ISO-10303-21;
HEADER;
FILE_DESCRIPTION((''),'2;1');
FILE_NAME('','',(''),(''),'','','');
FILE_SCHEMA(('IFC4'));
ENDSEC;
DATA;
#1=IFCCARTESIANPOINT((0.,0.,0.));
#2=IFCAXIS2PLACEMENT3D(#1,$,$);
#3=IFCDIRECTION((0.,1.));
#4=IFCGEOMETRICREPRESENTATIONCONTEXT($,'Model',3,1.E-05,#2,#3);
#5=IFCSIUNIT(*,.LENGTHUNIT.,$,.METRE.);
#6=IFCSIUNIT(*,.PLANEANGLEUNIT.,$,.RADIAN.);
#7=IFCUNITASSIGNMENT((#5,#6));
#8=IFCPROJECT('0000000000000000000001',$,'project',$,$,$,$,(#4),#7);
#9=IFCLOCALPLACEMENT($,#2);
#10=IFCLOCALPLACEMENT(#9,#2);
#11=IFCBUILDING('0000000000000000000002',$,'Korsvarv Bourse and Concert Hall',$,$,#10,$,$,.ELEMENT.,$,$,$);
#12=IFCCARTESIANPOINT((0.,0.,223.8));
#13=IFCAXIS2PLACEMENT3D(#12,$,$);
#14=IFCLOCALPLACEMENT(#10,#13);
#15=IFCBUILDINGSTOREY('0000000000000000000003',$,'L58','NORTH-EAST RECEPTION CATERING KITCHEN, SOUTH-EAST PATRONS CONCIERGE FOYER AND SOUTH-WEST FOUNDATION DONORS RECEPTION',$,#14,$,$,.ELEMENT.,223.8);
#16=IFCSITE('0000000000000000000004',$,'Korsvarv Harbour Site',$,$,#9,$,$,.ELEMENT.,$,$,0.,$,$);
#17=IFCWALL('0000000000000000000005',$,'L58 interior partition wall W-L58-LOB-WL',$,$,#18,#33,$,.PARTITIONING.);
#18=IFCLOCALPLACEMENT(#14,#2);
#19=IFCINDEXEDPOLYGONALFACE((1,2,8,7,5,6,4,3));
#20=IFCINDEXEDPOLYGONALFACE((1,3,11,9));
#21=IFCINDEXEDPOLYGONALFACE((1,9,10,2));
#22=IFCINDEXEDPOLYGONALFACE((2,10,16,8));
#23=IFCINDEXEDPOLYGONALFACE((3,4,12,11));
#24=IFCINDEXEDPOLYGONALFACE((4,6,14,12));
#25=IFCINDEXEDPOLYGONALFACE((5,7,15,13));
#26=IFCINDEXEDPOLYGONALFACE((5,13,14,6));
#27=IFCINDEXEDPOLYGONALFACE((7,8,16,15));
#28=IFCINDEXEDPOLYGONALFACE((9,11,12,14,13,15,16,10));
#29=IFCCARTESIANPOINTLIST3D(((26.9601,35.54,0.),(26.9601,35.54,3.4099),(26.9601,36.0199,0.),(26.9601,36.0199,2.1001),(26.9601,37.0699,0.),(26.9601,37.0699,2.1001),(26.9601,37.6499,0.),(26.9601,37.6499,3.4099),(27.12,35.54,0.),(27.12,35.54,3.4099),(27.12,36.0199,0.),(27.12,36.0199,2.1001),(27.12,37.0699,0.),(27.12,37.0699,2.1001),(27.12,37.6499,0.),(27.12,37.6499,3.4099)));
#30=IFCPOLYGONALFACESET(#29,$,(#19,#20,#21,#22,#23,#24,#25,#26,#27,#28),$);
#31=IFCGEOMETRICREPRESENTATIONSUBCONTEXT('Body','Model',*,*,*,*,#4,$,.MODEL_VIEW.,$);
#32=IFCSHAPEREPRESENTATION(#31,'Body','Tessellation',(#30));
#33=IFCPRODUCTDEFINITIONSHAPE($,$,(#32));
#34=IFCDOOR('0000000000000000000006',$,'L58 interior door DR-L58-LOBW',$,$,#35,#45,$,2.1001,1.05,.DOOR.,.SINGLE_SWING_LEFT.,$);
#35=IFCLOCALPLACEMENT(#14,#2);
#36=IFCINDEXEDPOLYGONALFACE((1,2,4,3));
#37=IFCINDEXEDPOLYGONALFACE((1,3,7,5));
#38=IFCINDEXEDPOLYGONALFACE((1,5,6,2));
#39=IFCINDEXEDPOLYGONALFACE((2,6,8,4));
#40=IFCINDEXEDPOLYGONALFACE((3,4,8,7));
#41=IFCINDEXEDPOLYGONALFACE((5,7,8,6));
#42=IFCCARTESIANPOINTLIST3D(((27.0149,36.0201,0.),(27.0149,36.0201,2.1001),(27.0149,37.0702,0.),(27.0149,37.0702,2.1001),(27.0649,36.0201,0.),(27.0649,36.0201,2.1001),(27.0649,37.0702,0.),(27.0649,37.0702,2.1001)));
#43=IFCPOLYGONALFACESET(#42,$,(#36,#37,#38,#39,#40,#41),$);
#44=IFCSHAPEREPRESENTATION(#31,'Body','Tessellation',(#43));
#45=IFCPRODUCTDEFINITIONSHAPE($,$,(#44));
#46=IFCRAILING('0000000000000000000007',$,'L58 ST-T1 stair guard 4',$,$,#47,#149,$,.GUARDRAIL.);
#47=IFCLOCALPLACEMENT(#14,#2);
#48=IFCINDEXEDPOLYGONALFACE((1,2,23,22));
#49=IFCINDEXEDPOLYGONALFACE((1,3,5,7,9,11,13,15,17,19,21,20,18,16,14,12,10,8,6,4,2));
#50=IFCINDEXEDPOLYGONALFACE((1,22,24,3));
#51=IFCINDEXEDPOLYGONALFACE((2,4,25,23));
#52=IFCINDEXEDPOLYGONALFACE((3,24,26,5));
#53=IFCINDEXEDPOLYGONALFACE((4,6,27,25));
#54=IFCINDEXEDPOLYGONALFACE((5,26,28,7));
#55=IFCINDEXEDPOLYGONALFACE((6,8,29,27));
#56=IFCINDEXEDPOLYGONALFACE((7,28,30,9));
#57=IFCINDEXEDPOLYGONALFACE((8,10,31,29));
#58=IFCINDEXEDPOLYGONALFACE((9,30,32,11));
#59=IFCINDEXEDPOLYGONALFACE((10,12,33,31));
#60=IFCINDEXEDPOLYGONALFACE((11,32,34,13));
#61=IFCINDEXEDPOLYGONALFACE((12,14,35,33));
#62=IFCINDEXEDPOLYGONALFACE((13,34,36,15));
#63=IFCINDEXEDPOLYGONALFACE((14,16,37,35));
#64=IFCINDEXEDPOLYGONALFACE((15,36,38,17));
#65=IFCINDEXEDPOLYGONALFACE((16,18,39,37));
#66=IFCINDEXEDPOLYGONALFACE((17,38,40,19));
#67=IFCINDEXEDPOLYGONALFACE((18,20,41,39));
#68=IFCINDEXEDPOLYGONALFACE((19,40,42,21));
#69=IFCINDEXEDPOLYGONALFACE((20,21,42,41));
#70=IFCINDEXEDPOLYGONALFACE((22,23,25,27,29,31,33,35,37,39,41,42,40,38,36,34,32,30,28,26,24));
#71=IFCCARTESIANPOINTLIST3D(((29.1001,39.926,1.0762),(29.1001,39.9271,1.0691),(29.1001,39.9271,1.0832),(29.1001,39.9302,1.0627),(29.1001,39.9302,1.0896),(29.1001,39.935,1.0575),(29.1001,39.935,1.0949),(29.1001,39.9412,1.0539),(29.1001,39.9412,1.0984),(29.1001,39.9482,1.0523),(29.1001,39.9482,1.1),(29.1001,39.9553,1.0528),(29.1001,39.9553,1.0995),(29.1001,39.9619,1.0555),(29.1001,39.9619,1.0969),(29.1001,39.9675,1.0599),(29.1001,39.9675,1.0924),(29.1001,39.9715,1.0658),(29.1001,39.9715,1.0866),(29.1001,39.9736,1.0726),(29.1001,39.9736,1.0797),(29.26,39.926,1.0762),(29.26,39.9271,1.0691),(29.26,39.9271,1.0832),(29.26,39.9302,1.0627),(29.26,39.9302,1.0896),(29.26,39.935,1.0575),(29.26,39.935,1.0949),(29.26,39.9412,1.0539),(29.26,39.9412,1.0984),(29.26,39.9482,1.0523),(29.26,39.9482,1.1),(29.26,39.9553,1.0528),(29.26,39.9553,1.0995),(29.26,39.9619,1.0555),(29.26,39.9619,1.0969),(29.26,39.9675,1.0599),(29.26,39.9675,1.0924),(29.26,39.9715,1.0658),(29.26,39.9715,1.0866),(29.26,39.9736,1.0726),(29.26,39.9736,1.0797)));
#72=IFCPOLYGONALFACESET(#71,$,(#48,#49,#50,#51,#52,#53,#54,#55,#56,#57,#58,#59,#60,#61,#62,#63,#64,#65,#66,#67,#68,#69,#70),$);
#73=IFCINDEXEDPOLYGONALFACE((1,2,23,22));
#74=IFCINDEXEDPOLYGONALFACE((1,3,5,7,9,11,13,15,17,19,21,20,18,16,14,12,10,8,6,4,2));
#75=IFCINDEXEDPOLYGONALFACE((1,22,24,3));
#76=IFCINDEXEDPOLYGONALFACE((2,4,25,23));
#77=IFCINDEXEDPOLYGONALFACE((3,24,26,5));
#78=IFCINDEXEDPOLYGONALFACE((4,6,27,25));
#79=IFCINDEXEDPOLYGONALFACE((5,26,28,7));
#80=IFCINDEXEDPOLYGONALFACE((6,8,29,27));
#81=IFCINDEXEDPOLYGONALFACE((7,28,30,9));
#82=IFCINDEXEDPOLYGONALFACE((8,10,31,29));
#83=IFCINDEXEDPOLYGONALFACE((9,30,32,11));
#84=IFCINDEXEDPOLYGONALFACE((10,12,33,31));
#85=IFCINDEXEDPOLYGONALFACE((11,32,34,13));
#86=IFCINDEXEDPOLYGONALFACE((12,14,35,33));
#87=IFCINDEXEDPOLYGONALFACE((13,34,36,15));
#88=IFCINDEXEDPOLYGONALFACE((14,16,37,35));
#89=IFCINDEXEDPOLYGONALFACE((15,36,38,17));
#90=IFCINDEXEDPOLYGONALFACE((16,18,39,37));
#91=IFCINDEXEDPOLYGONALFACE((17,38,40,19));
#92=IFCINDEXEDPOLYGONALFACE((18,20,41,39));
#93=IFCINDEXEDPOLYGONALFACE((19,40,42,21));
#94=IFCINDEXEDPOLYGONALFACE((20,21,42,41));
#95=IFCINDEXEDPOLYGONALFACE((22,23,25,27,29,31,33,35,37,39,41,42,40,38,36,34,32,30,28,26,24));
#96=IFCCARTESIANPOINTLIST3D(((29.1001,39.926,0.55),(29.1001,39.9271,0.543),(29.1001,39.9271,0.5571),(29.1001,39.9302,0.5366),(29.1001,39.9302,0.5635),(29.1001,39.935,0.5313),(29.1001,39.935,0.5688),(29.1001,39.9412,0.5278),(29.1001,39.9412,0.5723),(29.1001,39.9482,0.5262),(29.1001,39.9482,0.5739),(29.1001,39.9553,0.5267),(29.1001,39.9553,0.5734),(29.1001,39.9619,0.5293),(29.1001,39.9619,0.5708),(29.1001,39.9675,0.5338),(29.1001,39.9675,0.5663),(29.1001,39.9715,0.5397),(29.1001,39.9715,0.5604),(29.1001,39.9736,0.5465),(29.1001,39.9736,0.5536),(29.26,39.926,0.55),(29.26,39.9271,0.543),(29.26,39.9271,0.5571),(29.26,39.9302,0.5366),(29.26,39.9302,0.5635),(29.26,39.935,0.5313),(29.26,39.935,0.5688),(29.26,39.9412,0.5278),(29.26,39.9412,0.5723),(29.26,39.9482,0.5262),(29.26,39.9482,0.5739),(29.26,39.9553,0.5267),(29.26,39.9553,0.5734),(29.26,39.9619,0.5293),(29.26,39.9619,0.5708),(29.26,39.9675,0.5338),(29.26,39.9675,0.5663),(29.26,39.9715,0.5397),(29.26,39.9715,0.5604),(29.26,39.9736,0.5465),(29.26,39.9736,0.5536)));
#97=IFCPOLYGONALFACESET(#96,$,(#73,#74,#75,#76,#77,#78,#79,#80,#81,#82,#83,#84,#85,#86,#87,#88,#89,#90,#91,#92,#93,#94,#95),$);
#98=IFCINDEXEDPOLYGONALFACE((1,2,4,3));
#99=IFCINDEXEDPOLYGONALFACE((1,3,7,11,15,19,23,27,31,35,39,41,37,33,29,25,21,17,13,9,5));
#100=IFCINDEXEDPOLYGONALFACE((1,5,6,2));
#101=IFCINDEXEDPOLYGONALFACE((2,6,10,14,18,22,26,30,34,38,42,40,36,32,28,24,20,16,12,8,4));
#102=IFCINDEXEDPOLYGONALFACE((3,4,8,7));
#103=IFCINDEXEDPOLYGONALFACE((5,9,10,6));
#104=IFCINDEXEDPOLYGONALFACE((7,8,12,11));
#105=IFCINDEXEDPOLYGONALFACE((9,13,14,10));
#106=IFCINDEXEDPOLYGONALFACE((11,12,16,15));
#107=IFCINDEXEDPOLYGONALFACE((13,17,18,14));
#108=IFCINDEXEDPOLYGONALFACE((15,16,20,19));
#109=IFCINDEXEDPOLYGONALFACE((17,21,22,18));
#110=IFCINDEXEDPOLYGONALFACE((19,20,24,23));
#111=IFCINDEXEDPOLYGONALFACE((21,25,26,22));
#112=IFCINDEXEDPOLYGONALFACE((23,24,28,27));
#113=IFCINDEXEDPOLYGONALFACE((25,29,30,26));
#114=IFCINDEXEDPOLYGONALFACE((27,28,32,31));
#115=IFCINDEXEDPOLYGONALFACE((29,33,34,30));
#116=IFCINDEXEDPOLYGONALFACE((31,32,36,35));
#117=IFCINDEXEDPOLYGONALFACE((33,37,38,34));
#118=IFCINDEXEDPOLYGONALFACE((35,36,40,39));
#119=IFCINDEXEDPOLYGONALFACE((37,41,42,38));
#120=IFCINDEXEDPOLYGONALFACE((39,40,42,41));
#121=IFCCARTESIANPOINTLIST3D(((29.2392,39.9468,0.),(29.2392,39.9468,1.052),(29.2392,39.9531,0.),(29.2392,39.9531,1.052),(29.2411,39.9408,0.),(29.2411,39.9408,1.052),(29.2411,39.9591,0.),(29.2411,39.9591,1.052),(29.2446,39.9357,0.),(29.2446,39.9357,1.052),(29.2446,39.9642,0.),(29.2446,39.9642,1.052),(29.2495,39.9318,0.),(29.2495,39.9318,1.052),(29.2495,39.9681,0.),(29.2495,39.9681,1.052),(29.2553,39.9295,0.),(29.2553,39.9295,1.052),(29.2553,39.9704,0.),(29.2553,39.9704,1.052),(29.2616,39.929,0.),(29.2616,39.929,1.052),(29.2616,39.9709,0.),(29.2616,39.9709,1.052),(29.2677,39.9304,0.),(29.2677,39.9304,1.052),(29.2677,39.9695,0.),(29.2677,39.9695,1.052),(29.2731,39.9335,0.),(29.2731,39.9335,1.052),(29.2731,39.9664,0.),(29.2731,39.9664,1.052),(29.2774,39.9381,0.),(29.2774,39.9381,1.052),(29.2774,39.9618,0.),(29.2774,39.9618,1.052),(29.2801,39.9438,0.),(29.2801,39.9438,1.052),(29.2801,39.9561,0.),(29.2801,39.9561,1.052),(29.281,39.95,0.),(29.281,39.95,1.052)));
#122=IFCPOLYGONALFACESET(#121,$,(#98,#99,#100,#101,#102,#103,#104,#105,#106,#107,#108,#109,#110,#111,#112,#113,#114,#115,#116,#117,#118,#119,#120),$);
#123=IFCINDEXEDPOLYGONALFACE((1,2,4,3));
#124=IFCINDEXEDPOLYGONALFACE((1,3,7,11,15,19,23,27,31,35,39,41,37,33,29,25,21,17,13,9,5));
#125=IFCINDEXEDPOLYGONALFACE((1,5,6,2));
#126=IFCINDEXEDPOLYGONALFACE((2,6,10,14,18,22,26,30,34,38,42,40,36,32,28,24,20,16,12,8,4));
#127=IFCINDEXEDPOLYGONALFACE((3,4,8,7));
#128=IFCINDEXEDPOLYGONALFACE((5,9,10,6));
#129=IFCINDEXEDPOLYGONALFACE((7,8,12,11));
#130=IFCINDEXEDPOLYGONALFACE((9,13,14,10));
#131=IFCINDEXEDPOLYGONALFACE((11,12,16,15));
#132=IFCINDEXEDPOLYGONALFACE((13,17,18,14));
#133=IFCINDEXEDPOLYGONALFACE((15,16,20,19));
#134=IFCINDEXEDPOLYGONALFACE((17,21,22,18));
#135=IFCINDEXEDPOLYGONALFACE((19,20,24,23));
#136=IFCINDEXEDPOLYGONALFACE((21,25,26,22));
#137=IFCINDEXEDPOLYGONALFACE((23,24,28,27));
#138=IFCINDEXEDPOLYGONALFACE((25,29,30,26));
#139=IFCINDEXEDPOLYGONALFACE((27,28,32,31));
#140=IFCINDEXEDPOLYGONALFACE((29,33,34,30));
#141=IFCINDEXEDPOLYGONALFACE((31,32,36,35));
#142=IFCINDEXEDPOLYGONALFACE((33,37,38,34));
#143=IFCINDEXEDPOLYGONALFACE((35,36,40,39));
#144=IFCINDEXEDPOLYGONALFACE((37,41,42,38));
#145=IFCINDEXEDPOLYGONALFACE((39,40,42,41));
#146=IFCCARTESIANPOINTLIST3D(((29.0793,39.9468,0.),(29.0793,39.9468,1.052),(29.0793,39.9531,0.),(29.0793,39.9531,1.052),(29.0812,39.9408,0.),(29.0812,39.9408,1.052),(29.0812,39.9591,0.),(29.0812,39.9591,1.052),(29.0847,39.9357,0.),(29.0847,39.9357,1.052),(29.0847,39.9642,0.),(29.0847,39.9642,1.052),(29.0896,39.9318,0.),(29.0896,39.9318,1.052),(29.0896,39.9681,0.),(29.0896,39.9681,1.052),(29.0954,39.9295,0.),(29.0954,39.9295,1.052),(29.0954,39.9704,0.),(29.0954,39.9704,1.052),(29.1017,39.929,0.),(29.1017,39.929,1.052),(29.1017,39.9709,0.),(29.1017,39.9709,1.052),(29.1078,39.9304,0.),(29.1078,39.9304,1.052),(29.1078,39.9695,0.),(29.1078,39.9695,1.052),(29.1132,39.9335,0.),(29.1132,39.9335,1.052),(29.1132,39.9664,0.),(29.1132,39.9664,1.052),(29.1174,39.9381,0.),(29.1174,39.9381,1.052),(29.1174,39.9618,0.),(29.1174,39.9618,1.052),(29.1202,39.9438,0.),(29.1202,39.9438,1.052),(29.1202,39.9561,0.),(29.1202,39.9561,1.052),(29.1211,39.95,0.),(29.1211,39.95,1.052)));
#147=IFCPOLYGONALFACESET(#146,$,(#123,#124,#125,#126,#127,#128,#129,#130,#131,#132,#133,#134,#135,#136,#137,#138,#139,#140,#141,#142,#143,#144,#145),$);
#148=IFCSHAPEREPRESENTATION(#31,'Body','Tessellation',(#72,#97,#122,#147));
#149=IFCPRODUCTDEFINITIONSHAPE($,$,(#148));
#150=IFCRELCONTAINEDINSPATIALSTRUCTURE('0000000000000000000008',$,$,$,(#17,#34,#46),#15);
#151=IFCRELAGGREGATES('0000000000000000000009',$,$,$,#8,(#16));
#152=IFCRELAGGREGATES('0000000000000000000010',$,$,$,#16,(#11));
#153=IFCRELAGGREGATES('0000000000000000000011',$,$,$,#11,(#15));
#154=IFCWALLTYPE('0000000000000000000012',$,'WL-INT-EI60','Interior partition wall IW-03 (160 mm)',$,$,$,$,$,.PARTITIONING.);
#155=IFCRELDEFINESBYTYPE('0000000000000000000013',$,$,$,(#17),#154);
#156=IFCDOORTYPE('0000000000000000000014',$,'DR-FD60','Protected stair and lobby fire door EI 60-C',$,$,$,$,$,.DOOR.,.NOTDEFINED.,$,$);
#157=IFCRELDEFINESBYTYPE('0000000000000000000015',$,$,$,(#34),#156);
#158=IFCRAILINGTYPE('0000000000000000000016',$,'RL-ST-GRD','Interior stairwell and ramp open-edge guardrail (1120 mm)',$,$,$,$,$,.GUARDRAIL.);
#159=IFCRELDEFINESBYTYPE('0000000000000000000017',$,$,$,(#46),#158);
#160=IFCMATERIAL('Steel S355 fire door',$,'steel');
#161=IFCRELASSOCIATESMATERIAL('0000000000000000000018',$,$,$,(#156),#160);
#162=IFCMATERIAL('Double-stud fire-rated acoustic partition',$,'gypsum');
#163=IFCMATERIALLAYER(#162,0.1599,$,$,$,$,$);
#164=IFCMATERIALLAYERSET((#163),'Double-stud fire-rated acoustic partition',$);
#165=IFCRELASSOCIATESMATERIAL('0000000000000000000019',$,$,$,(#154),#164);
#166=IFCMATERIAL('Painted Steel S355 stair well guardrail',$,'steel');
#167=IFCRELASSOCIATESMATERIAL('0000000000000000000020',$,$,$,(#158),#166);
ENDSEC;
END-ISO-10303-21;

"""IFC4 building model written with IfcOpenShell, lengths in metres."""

from ifc_helpers import new_model, si_unit, direction, frame, frame_2d, origin, origin_2d, place, context, subcontext, project, spatial, rectangle, circle, extrude, material, layer, layer_set, type_object, element, fill, save


model = new_model("IFC4")

# Units and contexts
model_context = context("Model", 3, precision=1e-05, world=origin(), true_north=direction((0.0, 1.0)))
body_context = subcontext(model_context, "Body", "Model", "MODEL_VIEW")
ifc_project = project(units=[si_unit("LENGTHUNIT", "METRE"), si_unit("PLANEANGLEUNIT", "RADIAN")], contexts=[model_context])

# Site, building, storey
site_placement = place(None, origin())
site = spatial("IfcSite", under=ifc_project, at=site_placement, Name="Korsvarv Harbour Site", CompositionType="ELEMENT", RefElevation=0.0)
building_placement = place(site_placement, origin())
building = spatial("IfcBuilding", under=site, at=building_placement, Name="Korsvarv Bourse and Concert Hall", CompositionType="ELEMENT")
storey_placement = place(building_placement, frame((0.0, 0.0, 223.8)))
storey = spatial("IfcBuildingStorey", under=building, at=storey_placement, Name="L58", Description="NORTH-EAST RECEPTION CATERING KITCHEN, SOUTH-EAST PATRONS CONCIERGE FOYER AND SOUTH-WEST FOUNDATION DONORS RECEPTION", CompositionType="ELEMENT", Elevation=223.8)

# Shared definitions
ifc_material_1 = material(Name="Steel S355 fire door", Category="steel")
door_type_1 = type_object("IfcDoorType", Name="DR-FD60", Description="Protected stair and lobby fire door EI 60-C", OperationType="NOTDEFINED", PredefinedType="DOOR", material=ifc_material_1)

# Shared definitions
ifc_material_2 = material(Name="Double-stud fire-rated acoustic partition", Category="gypsum")
ifc_layer_1 = layer(ifc_material_2, 0.1599)
ifc_layer_set_1 = layer_set([ifc_layer_1], Name="Double-stud fire-rated acoustic partition")
wall_type_1 = type_object("IfcWallType", Name="WL-INT-EI60", Description="Interior partition wall IW-03 (160 mm)", PredefinedType="PARTITIONING", material=ifc_layer_set_1)

# Wall, opening, door
wall_1_placement = place(storey_placement, frame((27.04, 35.54, 0.0), z_axis=(0.0, 0.0, 1.0), x_axis=(0.0, 1.0, 0.0)))
wall_1 = element("IfcWall", 1, at=wall_1_placement, inside=storey, type_object=wall_type_1, Name="L58 interior partition wall W-L58-LOB-WL", PredefinedType="PARTITIONING", context=body_context, shape_type="SweptSolid", body=[
    extrude(rectangle(XDim=2.1099, YDim=0.1599, at=frame_2d((1.0549, 0.0))), origin(), (0.0, 0.0, 1.0), 3.4099),
])
opening_1_placement = place(wall_1_placement, frame((0.48, 0.0, 0.0)))
opening_1 = element("IfcOpeningElement", 2, at=opening_1_placement, cuts=wall_1, PredefinedType="OPENING", context=body_context, shape_type="SweptSolid", body=[
    extrude(rectangle(XDim=1.05, YDim=2.1001, at=frame_2d((0.5249, 1.05))), frame((0.0, 0.0898, 0.0), z_axis=(0.0, -1.0, 0.0), x_axis=(1.0, 0.0, 0.0)), (0.0, 0.0, 1.0), 0.1799),
])
door_1_placement = place(opening_1_placement, frame((1.05, 0.0, 0.0), z_axis=(0.0, 0.0, 1.0), x_axis=(-1.0, 0.0, 0.0)))
door_1 = element("IfcDoor", 3, at=door_1_placement, inside=storey, type_object=door_type_1, Name="L58 interior door DR-L58-LOBW", OperationType="SINGLE_SWING_LEFT", OverallHeight=2.1001, OverallWidth=1.05, PredefinedType="DOOR", context=body_context, shape_type="SweptSolid", body=[
    extrude(rectangle(XDim=1.05, YDim=2.1001, at=frame_2d((0.5249, 1.05))), frame((0.0, 0.0249, 0.0), z_axis=(0.0, -1.0, 0.0), x_axis=(1.0, 0.0, 0.0)), (0.0, 0.0, 1.0), 0.05),
])
fill(opening_1, door_1)

# Railing
ifc_material_3 = material(Name="Painted Steel S355 stair well guardrail", Category="steel")
railing_type = type_object("IfcRailingType", Name="RL-ST-GRD", Description="Interior stairwell and ramp open-edge guardrail (1120 mm)", PredefinedType="GUARDRAIL", material=ifc_material_3)
railing_placement = place(storey_placement, frame((29.26, 39.95, 0.0)))
element("IfcRailing", 4, at=railing_placement, inside=storey, type_object=railing_type, Name="L58 ST-T1 stair guard 4", PredefinedType="GUARDRAIL", context=body_context, shape_type="SweptSolid", body=[
    extrude(circle(Radius=0.0239, at=origin_2d()), frame((0.0, 0.0, 1.0762), z_axis=(-1.0, 0.0, 0.0), x_axis=(0.0, -1.0, 0.0)), (0.0, 0.0, 1.0), 0.1599),
    extrude(circle(Radius=0.0239, at=origin_2d()), frame((0.0, 0.0, 0.55), z_axis=(-1.0, 0.0, 0.0), x_axis=(0.0, -1.0, 0.0)), (0.0, 0.0, 1.0), 0.1599),
    extrude(circle(Radius=0.021, at=origin_2d()), origin(), (0.0, 0.0, 1.0), 1.052),
    extrude(circle(Radius=0.021, at=origin_2d()), frame((-0.1599, 0.0, 0.0)), (0.0, 0.0, 1.0), 1.052),
])

save(model, "model.ifc")
